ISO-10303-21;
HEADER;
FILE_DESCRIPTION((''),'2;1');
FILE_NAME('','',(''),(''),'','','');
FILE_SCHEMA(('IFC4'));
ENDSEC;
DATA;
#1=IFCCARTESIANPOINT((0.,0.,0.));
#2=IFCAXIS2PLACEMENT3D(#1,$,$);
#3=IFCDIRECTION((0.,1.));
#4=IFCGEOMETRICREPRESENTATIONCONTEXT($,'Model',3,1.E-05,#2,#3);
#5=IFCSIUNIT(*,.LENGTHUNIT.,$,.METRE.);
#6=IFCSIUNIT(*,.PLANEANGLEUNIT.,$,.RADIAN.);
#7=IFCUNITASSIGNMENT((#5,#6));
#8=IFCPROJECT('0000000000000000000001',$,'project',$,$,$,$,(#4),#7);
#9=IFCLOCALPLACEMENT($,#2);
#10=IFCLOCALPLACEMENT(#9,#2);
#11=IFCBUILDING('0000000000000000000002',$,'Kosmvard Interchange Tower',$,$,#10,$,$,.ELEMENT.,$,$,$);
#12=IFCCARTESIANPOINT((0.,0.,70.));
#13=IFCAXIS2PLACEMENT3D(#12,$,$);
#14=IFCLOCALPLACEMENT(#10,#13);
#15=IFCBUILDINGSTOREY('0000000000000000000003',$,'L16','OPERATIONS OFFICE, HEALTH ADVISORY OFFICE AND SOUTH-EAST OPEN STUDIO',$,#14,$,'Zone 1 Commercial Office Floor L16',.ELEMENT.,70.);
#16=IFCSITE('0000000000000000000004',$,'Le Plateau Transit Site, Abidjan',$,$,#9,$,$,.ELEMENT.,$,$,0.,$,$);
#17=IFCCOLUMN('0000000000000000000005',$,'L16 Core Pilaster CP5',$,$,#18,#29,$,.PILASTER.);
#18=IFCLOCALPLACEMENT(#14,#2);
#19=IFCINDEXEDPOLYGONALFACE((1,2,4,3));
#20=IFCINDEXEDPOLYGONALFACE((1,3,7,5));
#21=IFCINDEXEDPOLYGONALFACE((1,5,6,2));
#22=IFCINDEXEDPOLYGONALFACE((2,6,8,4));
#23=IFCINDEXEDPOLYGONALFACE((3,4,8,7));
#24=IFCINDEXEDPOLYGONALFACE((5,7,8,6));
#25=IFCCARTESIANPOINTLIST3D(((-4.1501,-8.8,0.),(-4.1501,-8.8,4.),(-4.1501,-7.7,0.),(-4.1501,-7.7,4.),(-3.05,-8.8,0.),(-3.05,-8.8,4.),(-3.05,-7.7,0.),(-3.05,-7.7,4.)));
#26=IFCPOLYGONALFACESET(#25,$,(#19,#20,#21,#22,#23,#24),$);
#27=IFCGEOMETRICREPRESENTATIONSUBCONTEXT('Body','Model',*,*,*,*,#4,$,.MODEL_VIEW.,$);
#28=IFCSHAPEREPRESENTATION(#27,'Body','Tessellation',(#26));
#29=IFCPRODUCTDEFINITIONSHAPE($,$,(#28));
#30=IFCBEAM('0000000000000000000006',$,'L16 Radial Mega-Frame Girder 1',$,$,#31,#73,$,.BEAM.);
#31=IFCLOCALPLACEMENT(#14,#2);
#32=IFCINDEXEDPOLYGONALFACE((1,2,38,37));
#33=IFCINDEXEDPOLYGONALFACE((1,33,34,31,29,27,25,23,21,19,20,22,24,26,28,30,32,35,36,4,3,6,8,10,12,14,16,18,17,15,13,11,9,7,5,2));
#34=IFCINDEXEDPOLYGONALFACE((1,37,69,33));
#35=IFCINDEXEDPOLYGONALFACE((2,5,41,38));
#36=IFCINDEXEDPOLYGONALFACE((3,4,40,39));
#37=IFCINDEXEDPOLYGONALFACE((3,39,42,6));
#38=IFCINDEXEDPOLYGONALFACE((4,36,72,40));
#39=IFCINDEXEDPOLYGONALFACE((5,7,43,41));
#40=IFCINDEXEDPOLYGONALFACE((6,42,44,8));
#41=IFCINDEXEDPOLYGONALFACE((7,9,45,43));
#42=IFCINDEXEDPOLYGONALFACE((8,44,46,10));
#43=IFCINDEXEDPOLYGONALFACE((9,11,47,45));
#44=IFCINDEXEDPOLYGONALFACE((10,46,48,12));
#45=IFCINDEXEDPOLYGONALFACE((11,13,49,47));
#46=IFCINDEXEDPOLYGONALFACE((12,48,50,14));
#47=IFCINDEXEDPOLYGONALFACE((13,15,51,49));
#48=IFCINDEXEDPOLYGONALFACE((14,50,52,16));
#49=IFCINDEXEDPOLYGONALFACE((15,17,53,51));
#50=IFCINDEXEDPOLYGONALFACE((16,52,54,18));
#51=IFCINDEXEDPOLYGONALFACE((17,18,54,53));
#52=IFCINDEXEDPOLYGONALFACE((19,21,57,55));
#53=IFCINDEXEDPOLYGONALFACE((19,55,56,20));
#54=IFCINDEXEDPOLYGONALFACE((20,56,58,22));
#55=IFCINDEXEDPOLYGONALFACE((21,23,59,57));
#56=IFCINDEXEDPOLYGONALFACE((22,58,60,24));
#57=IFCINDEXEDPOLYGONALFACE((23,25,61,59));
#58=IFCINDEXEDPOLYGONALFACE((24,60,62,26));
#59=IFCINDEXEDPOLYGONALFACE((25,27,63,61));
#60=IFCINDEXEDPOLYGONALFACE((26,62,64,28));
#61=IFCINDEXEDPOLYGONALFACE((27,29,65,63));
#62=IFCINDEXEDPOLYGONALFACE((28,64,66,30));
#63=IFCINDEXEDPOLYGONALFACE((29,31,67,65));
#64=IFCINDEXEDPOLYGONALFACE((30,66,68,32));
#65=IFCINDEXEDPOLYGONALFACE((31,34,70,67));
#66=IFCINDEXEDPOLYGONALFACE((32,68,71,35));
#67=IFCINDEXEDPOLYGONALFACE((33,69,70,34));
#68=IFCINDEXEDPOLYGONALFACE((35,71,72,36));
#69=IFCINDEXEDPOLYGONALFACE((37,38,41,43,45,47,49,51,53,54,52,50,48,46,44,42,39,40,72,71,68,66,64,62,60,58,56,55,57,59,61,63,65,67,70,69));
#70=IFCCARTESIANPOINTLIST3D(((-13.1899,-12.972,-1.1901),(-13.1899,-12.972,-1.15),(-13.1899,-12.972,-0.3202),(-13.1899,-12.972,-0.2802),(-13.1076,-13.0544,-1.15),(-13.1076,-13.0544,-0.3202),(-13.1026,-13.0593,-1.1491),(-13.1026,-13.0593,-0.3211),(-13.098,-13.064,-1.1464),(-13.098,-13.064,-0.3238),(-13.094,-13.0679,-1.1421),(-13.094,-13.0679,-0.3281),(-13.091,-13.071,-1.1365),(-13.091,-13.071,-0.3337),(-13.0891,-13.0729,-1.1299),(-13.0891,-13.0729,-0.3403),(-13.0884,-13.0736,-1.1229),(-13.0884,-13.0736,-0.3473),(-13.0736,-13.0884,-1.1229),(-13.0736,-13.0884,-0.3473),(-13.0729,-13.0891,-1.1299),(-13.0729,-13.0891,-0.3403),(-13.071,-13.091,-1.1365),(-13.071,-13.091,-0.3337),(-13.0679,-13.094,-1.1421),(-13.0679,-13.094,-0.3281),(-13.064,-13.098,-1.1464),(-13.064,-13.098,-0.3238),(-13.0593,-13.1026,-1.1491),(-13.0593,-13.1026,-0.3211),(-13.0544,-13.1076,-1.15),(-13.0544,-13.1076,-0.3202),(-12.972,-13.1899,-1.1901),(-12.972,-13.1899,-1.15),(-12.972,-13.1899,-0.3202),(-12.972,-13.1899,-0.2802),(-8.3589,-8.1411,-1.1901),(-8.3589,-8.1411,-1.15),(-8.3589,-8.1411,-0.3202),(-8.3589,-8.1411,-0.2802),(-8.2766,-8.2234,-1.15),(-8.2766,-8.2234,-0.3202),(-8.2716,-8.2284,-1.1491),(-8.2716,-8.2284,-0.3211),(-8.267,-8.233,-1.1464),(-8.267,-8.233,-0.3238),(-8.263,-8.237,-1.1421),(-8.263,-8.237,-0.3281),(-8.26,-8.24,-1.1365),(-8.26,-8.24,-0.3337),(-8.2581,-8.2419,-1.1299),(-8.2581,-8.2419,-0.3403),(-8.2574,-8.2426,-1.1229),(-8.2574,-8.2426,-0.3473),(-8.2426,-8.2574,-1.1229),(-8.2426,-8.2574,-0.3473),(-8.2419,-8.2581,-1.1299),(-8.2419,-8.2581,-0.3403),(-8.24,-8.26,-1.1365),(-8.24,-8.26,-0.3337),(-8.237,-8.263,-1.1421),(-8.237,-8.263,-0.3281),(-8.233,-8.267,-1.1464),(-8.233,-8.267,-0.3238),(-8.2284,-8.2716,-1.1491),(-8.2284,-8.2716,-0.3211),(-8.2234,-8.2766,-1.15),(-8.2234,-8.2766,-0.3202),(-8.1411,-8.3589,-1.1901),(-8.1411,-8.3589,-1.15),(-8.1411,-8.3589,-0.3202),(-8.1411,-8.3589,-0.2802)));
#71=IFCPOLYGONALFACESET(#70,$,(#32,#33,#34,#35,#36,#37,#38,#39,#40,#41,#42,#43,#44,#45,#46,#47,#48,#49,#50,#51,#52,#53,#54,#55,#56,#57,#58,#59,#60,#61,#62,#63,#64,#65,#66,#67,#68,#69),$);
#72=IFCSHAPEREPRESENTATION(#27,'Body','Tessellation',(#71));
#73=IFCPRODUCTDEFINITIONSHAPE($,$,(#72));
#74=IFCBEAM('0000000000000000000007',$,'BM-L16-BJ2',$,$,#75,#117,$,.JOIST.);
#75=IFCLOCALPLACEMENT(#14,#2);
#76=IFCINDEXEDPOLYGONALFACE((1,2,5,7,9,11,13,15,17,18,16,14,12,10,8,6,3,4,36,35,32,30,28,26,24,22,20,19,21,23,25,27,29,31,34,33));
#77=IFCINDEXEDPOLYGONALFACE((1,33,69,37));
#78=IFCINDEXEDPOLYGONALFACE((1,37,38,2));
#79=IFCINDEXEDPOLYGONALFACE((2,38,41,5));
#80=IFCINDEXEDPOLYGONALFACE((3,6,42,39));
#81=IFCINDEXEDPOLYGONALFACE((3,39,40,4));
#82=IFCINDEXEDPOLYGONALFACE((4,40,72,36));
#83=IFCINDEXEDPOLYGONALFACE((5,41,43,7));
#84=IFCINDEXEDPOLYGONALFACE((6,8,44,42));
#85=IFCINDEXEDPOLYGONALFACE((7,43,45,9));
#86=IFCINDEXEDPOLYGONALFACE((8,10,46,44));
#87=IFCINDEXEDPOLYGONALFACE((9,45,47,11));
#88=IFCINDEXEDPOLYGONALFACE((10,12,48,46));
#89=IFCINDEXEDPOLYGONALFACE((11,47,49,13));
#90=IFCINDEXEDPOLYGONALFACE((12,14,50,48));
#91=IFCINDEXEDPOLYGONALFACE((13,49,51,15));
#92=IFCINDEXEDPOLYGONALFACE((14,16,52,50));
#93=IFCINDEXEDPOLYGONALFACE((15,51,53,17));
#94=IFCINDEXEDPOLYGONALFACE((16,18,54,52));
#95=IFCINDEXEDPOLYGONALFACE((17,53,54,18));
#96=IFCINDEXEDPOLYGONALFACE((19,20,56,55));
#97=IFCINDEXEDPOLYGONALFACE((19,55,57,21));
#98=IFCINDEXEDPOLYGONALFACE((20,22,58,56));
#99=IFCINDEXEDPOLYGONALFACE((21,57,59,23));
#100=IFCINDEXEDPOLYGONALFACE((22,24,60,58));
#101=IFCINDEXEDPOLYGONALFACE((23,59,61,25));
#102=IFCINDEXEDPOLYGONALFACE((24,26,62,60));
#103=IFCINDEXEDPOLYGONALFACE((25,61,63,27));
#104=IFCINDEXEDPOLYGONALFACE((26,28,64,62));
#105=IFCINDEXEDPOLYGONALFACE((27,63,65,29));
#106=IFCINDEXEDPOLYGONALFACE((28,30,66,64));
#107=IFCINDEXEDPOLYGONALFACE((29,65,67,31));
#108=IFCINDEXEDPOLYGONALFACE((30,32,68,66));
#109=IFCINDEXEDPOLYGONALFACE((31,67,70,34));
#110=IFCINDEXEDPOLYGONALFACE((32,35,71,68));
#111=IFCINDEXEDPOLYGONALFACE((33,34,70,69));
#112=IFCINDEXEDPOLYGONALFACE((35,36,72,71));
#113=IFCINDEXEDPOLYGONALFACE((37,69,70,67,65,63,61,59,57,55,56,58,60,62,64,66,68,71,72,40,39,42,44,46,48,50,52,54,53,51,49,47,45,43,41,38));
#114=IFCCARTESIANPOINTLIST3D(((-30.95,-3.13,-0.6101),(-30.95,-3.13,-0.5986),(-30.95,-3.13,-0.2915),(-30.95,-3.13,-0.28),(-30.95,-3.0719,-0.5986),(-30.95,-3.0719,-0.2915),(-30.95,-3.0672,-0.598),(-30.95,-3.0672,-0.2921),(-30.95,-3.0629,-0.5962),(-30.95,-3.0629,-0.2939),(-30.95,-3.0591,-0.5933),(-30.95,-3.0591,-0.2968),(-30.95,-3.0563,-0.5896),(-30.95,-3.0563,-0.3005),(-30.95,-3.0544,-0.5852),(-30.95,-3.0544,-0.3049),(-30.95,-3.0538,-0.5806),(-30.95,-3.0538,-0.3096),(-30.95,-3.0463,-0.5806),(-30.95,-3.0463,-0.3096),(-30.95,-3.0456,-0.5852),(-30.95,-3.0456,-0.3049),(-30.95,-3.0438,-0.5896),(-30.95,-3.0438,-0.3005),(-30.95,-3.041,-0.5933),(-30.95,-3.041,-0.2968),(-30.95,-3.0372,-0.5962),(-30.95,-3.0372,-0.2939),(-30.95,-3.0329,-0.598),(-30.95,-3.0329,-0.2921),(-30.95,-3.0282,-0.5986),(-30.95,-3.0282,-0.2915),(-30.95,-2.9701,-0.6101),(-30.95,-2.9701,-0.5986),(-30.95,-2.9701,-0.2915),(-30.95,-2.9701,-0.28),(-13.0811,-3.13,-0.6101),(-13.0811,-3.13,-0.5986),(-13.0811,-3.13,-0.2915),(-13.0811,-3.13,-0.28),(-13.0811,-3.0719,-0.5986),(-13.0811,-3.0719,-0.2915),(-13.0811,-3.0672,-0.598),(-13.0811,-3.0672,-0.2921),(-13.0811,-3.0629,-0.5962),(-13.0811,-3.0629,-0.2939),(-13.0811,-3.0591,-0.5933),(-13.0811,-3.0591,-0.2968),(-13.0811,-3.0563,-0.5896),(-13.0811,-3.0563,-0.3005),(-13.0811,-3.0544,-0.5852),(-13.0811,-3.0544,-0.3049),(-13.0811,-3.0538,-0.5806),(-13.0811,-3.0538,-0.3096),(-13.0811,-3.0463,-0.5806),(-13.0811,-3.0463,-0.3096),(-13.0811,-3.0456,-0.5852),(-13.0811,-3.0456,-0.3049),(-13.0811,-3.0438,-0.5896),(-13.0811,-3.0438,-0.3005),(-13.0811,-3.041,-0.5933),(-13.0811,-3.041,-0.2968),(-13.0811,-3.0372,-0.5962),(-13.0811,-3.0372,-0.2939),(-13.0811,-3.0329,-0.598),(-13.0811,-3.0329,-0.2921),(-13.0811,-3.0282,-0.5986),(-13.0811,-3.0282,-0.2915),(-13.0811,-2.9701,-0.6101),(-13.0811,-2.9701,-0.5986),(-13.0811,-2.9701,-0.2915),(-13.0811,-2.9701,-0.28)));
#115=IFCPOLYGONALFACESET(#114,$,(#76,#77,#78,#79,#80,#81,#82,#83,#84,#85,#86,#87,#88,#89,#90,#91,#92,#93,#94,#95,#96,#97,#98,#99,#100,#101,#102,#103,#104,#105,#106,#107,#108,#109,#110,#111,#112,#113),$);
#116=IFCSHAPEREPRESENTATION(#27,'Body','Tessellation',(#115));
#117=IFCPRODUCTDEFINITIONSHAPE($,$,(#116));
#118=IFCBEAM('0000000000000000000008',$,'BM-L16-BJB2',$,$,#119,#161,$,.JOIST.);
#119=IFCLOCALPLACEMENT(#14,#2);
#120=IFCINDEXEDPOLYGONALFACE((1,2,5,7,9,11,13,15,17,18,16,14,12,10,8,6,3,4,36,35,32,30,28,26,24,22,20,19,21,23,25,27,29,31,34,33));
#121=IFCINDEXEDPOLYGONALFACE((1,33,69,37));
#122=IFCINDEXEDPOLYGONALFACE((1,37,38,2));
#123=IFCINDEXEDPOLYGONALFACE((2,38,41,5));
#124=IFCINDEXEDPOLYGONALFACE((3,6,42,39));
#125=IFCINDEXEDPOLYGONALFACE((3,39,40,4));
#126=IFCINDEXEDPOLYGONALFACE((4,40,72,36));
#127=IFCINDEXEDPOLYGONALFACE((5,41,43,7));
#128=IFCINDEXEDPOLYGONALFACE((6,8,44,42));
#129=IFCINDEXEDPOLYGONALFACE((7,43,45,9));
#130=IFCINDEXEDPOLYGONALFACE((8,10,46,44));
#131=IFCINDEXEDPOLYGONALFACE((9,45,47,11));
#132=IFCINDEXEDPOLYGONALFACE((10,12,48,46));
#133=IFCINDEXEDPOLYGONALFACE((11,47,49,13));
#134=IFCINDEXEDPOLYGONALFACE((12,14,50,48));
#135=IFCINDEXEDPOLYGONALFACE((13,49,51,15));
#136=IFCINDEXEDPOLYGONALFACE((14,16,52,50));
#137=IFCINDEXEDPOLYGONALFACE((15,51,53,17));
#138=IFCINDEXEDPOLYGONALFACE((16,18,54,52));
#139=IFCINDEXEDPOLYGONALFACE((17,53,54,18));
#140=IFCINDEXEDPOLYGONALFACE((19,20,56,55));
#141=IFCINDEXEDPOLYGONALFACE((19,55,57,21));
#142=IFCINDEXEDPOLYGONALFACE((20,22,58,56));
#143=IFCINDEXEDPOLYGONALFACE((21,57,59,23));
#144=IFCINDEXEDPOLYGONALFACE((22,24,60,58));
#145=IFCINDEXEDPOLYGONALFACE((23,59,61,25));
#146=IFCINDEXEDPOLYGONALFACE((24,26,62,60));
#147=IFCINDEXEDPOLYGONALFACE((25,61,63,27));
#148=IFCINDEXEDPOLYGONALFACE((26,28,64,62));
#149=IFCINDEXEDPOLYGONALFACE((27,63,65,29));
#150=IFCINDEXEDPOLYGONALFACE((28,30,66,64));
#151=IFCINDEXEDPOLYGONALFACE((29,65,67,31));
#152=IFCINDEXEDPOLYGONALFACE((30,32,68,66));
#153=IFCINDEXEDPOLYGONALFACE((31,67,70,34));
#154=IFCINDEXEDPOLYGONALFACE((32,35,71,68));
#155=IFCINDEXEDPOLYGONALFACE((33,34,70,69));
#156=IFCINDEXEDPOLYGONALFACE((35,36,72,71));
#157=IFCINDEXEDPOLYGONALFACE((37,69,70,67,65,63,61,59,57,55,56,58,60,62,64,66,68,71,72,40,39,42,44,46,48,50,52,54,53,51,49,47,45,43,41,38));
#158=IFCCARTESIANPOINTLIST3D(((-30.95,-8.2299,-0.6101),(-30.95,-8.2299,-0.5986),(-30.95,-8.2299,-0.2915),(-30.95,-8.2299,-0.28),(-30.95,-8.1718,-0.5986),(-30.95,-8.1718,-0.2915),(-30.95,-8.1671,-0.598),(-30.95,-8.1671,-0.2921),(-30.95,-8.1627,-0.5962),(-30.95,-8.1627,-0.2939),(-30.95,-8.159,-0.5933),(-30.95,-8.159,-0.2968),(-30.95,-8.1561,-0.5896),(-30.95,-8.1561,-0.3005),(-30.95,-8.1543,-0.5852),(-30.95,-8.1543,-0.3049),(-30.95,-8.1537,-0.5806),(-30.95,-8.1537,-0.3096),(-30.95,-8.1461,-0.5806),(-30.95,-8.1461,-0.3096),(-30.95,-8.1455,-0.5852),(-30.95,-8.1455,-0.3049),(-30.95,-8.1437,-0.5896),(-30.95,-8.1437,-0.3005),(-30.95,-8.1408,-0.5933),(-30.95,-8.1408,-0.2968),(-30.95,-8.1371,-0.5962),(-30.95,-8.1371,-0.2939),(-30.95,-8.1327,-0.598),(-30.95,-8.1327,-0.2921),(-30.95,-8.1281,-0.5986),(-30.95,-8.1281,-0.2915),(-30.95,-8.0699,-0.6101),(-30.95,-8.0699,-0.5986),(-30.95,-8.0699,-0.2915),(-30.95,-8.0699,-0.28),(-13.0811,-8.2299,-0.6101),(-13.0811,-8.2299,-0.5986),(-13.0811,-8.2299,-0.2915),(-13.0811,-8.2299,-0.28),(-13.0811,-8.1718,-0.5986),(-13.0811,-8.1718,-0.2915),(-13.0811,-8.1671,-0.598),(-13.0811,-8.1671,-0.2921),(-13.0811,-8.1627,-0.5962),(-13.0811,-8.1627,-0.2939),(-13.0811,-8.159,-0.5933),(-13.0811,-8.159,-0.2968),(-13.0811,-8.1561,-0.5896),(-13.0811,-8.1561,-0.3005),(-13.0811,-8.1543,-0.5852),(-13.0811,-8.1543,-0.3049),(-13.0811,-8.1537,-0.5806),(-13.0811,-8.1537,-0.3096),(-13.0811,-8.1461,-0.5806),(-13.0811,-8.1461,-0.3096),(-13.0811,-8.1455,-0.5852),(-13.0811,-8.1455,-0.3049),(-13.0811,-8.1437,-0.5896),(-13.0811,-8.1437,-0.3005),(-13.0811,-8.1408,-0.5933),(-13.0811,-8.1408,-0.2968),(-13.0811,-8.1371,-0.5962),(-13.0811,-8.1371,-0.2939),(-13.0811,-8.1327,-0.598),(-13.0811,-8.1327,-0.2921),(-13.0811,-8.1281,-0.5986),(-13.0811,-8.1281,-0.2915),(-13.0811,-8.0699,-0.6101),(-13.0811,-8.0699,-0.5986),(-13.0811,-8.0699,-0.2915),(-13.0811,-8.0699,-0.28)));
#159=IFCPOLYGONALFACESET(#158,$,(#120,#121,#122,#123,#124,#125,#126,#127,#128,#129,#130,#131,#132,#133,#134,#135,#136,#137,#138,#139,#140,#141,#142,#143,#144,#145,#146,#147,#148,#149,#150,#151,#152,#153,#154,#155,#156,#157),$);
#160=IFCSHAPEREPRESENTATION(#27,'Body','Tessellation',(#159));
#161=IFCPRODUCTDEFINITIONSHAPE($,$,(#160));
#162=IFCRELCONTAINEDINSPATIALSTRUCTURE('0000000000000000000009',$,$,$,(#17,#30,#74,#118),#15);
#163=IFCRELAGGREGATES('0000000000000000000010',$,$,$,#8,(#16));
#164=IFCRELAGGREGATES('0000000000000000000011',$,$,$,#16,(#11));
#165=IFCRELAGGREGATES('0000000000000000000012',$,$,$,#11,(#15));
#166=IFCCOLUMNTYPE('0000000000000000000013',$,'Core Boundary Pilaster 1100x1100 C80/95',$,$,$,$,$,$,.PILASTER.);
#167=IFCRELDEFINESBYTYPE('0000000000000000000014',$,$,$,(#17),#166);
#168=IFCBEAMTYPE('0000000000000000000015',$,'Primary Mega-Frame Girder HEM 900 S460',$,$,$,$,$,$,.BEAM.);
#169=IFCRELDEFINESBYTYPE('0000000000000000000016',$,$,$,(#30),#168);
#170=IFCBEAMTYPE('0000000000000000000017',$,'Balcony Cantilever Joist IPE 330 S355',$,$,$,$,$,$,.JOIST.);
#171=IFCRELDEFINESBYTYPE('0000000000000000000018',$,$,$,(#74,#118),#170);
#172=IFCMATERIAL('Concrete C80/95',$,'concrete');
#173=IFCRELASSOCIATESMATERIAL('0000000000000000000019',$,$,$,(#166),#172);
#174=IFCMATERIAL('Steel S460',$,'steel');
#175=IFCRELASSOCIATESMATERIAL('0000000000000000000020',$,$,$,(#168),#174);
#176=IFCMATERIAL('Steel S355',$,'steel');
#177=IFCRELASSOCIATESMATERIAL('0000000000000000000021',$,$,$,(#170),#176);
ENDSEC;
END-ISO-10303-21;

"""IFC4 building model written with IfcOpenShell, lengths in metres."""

from ifc_helpers import new_model, si_unit, direction, frame, origin, origin_2d, place, context, subcontext, project, spatial, rectangle, i_section, extrude, source, transform, mapped, material, material_profile, profile_set, type_object, element, save


model = new_model("IFC4")

# Units and contexts
model_context = context("Model", 3, precision=1e-05, world=origin(), true_north=direction((0.0, 1.0)))
body_context = subcontext(model_context, "Body", "Model", "MODEL_VIEW")
ifc_project = project(units=[si_unit("LENGTHUNIT", "METRE"), si_unit("PLANEANGLEUNIT", "RADIAN")], contexts=[model_context])

# Site, building, storey
site_placement = place(None, origin())
site = spatial("IfcSite", under=ifc_project, at=site_placement, Name="Le Plateau Transit Site, Abidjan", CompositionType="ELEMENT", RefElevation=0.0)
building_placement = place(site_placement, origin())
building = spatial("IfcBuilding", under=site, at=building_placement, Name="Kosmvard Interchange Tower", CompositionType="ELEMENT")
storey_placement = place(building_placement, frame((0.0, 0.0, 70.0)))
storey = spatial("IfcBuildingStorey", under=building, at=storey_placement, Name="L16", Description="OPERATIONS OFFICE, HEALTH ADVISORY OFFICE AND SOUTH-EAST OPEN STUDIO", LongName="Zone 1 Commercial Office Floor L16", CompositionType="ELEMENT", Elevation=70.0)

# Column
ifc_material_1 = material(Name="Concrete C80/95", Category="concrete")
ifc_material_profile_1 = material_profile(ifc_material_1, rectangle(XDim=1.1001, YDim=1.1001, at=origin_2d()), Name="CP 1100x1100")
ifc_profile_set_1 = profile_set([ifc_material_profile_1], Name="Concrete C80/95")
column_type = type_object("IfcColumnType", Name="Core Boundary Pilaster 1100x1100 C80/95", PredefinedType="PILASTER", material=ifc_profile_set_1)
shared_shape_1 = source(origin(), body_context, "Body", "SweptSolid", [
    extrude(rectangle(XDim=1.1001, YDim=1.1001, at=origin_2d()), origin(), (0.0, 0.0, 1.0), 4.0),
])
column_placement = place(storey_placement, frame((-3.6001, -8.25, 0.0), z_axis=(0.0, 0.0, 1.0), x_axis=(1.0, 0.0, 0.0)))
element("IfcColumn", 1, at=column_placement, inside=storey, type_object=column_type, Name="L16 Core Pilaster CP5", PredefinedType="PILASTER", context=body_context, shape_type="MappedRepresentation", body=[
    mapped(shared_shape_1, transform((0.0, 0.0, 0.0), scale=1.0)),
])

# Beams
ifc_material_2 = material(Name="Steel S460", Category="steel")
ifc_material_profile_2 = material_profile(ifc_material_2, i_section(OverallWidth=0.3081, OverallDepth=0.9099, WebThickness=0.021, FlangeThickness=0.04, FilletRadius=0.0271, at=origin_2d()), Name="HEM 900")
ifc_profile_set_2 = profile_set([ifc_material_profile_2], Name="Steel S460")
beam_type_1 = type_object("IfcBeamType", Name="Primary Mega-Frame Girder HEM 900 S460", PredefinedType="BEAM", material=ifc_profile_set_2)
shared_shape_2 = source(origin(), body_context, "Body", "SweptSolid", [
    extrude(i_section(OverallWidth=0.3081, OverallDepth=0.9099, WebThickness=0.021, FlangeThickness=0.04, FilletRadius=0.0271, at=origin_2d()), origin(), (0.0, 0.0, 1.0), 6.832),
])
beam_placement = place(storey_placement, frame((-8.25, -8.25, -0.7351), z_axis=(-0.707107, -0.707107, 0.0), x_axis=(0.707107, -0.707107, 0.0)))
element("IfcBeam", 2, at=beam_placement, inside=storey, type_object=beam_type_1, Name="L16 Radial Mega-Frame Girder 1", PredefinedType="BEAM", context=body_context, shape_type="MappedRepresentation", body=[
    mapped(shared_shape_2, transform((0.0, 0.0, 0.0), scale=1.0)),
])
ifc_material_3 = material(Name="Steel S355", Category="steel")
ifc_material_profile_3 = material_profile(ifc_material_3, i_section(OverallWidth=0.1599, OverallDepth=0.3301, WebThickness=0.0076, FlangeThickness=0.0115, FilletRadius=0.0181, at=origin_2d()), Name="IPE 330")
ifc_profile_set_3 = profile_set([ifc_material_profile_3], Name="Steel S355")
beam_type_2 = type_object("IfcBeamType", Name="Balcony Cantilever Joist IPE 330 S355", PredefinedType="JOIST", material=ifc_profile_set_3)
shared_shape_3 = source(origin(), body_context, "Body", "SweptSolid", [
    extrude(i_section(OverallWidth=0.1599, OverallDepth=0.3301, WebThickness=0.0076, FlangeThickness=0.0115, FilletRadius=0.0181, at=origin_2d()), origin(), (0.0, 0.0, 1.0), 17.8689),
])
for number, where, z_axis, x_axis, name in (
    (3, (-13.0811, -3.05, -0.4451), (-1.0, 0.0, 0.0), (0.0, -1.0, 0.0), "BM-L16-BJ2"),
    (4, (-13.0811, -8.1499, -0.4451), (-1.0, 0.0, 0.0), (0.0, -1.0, 0.0), "BM-L16-BJB2"),
):
    element("IfcBeam", number, at=place(storey_placement, frame(where, z_axis=z_axis, x_axis=x_axis)), inside=storey, type_object=beam_type_2, Name=name, PredefinedType="JOIST", context=body_context, shape_type="MappedRepresentation", body=[
        mapped(shared_shape_3, transform((0.0, 0.0, 0.0), scale=1.0)),
    ])

save(model, "model.ifc")
